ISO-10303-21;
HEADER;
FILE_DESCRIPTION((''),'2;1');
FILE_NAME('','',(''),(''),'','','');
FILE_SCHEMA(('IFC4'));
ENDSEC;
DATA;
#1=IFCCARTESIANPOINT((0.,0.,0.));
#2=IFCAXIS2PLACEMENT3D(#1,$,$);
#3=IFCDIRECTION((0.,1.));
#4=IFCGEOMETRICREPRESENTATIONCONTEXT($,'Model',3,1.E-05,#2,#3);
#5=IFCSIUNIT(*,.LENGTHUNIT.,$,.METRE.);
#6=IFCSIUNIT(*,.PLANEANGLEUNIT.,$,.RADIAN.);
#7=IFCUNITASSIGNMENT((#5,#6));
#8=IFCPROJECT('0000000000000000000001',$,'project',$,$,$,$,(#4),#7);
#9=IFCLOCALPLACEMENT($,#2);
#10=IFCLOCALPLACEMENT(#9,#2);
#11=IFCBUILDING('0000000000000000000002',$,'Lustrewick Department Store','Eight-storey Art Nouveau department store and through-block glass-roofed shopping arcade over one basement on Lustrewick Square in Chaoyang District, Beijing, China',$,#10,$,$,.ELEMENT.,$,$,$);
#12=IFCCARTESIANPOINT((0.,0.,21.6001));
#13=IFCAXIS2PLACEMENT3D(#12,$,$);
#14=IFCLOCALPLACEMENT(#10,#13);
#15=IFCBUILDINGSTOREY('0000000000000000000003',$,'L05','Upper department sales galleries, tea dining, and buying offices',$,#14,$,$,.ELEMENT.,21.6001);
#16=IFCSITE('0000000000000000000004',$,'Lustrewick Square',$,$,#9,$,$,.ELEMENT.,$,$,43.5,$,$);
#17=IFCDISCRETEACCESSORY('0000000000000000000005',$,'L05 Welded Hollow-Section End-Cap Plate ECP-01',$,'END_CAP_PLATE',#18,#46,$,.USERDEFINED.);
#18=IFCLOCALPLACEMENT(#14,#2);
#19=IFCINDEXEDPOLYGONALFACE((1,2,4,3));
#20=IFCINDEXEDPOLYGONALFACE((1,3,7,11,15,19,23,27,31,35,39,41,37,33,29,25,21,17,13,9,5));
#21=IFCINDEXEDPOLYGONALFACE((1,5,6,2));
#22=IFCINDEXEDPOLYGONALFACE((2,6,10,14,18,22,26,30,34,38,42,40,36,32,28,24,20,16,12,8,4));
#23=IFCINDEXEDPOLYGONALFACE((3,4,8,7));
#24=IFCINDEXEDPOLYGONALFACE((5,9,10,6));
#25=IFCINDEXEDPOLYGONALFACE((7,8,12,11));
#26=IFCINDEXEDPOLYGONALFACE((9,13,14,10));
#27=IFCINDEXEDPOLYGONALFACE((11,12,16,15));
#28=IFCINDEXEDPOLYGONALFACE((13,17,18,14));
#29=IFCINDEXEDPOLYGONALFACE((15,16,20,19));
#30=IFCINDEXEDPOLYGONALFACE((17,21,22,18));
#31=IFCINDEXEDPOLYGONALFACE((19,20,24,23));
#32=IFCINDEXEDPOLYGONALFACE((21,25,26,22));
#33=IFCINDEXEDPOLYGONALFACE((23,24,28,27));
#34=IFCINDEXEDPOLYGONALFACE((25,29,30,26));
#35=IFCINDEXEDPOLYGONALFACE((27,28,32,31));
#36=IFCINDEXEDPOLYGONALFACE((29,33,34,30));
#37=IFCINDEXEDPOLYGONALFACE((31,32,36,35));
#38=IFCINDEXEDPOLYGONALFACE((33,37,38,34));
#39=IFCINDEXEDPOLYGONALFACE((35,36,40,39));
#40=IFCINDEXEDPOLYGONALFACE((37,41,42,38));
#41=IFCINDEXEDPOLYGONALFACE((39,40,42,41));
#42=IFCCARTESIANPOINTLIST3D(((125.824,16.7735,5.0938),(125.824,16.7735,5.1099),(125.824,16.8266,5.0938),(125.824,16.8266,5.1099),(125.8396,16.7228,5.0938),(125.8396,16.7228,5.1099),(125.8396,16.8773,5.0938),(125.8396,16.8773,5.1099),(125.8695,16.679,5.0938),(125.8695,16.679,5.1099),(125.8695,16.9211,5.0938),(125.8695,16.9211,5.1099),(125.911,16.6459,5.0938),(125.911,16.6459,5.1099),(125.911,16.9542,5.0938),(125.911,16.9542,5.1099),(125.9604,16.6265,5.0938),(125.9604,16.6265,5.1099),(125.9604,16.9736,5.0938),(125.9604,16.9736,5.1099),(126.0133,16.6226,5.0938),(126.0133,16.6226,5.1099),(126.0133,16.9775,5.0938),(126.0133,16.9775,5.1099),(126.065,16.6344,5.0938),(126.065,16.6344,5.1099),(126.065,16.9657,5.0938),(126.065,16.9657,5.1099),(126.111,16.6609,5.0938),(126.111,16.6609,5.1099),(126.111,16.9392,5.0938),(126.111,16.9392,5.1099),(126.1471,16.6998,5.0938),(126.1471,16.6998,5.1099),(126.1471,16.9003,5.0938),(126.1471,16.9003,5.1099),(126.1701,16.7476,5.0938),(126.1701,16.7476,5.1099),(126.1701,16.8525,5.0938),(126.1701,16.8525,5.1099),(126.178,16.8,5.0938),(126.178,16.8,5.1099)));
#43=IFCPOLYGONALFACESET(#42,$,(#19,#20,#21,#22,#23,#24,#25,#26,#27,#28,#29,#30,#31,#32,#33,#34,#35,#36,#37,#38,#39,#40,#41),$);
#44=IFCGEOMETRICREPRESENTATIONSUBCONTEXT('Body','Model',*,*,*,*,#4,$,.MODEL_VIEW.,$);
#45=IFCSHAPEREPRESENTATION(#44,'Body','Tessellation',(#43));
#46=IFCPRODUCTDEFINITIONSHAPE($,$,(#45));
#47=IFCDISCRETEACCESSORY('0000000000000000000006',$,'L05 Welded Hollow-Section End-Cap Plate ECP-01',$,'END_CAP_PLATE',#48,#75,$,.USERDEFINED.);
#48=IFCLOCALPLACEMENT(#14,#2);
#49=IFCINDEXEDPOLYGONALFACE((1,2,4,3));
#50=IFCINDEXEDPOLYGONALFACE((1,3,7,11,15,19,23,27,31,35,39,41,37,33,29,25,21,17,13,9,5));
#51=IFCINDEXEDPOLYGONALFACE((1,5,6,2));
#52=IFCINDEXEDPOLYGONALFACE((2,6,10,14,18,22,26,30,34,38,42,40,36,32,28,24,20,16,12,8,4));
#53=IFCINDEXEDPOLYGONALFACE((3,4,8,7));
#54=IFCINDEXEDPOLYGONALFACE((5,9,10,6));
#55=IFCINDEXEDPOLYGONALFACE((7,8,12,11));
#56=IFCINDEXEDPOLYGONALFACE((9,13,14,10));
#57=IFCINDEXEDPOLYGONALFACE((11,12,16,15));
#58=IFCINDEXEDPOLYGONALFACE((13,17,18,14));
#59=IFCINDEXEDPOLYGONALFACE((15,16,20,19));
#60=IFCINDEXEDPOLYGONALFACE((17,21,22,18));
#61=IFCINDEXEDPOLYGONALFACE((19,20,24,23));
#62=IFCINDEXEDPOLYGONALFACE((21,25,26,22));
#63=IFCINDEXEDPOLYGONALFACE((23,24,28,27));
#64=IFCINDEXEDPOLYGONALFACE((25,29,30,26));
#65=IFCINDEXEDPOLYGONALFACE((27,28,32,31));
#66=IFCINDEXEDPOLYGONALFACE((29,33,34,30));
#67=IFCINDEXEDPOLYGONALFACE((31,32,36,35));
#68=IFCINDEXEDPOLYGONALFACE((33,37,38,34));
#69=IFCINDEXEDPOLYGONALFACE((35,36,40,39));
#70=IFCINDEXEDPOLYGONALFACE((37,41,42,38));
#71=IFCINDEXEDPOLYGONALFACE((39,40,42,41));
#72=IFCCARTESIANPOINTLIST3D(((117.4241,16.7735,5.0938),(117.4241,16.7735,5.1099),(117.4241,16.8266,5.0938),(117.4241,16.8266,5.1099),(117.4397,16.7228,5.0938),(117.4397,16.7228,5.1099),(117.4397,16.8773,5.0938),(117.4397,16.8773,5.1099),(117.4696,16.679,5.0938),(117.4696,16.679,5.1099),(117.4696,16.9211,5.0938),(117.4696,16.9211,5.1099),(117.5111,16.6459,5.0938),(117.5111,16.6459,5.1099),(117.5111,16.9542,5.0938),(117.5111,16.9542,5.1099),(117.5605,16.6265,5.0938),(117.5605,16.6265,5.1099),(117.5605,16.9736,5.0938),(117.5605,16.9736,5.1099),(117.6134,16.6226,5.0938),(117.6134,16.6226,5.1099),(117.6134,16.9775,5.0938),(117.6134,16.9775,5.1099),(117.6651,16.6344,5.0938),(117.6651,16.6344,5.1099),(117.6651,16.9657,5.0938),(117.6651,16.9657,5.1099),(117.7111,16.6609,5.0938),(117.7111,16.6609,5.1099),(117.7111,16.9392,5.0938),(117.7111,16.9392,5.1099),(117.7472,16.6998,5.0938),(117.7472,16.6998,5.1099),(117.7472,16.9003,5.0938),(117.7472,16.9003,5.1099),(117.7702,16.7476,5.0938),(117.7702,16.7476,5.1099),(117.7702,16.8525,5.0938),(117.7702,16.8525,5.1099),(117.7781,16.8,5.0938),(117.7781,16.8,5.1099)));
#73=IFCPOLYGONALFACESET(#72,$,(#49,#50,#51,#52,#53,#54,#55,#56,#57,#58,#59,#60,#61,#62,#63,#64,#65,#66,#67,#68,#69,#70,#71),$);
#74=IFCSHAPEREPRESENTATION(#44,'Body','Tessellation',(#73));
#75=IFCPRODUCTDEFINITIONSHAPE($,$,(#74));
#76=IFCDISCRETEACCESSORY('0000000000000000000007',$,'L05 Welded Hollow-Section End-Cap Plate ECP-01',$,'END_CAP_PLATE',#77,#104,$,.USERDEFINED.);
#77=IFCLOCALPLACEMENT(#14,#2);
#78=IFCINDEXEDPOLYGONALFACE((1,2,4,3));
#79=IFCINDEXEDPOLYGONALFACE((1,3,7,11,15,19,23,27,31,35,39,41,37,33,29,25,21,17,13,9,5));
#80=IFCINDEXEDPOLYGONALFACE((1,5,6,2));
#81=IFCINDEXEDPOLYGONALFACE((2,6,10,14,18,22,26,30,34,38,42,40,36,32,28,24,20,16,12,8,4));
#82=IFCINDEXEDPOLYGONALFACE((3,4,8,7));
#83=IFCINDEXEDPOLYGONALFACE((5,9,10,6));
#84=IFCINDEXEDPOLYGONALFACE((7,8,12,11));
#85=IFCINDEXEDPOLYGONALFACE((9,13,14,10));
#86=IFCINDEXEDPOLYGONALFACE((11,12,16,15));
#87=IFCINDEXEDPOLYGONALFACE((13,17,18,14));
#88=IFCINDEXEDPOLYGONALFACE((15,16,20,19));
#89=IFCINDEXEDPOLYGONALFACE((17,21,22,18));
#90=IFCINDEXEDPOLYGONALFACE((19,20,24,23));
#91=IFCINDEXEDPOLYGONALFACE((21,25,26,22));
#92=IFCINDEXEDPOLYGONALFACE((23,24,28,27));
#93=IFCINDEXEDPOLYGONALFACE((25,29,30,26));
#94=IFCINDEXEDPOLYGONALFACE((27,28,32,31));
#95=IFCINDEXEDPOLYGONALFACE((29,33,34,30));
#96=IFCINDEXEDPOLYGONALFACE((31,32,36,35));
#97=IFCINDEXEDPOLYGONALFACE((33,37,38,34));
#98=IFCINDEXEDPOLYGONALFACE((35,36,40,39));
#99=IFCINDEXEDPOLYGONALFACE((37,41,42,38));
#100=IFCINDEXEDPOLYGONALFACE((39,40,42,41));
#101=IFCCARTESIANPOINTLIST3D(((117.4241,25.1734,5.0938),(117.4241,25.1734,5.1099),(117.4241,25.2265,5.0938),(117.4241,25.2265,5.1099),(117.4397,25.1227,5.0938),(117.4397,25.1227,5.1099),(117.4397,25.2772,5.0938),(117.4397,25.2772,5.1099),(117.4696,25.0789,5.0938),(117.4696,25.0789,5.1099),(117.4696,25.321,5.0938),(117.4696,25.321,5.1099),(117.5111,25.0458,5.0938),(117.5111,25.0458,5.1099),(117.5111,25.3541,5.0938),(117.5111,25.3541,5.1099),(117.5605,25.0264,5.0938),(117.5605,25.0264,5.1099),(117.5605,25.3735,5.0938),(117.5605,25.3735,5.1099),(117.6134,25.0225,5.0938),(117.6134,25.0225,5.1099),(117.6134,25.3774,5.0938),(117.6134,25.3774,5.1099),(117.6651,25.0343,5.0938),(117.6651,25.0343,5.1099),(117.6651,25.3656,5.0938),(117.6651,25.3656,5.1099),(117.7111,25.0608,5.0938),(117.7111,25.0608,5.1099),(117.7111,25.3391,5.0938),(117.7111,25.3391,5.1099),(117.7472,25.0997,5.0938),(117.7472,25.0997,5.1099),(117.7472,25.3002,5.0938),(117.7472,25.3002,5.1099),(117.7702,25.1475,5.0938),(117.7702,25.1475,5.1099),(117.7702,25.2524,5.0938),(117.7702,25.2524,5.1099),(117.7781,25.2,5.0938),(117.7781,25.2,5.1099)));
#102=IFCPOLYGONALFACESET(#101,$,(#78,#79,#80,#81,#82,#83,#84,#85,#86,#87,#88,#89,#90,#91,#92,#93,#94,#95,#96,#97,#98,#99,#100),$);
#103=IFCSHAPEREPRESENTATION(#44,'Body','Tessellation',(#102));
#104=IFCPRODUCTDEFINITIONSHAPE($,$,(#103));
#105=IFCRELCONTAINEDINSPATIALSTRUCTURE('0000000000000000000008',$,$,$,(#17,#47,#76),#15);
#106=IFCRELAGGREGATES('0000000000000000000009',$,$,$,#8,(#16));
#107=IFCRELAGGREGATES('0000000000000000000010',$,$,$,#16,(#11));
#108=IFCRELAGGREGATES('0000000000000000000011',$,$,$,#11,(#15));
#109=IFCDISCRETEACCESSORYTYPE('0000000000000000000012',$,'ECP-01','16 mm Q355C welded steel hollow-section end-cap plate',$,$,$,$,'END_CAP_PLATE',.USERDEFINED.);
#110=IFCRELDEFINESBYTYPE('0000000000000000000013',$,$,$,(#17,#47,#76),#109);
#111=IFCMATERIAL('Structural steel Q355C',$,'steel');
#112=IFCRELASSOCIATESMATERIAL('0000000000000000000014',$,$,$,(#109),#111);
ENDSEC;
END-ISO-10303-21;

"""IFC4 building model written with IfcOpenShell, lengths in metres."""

from ifc_helpers import new_model, si_unit, direction, frame, origin, origin_2d, place, context, subcontext, project, spatial, circle, extrude, material, type_object, element, save


model = new_model("IFC4")

# Units and contexts
model_context = context("Model", 3, precision=1e-05, world=origin(), true_north=direction((0.0, 1.0)))
body_context = subcontext(model_context, "Body", "Model", "MODEL_VIEW")
ifc_project = project(units=[si_unit("LENGTHUNIT", "METRE"), si_unit("PLANEANGLEUNIT", "RADIAN")], contexts=[model_context])

# Site, building, storey
site_placement = place(None, origin())
site = spatial("IfcSite", under=ifc_project, at=site_placement, Name="Lustrewick Square", CompositionType="ELEMENT", RefElevation=43.5)
building_placement = place(site_placement, origin())
building = spatial("IfcBuilding", under=site, at=building_placement, Name="Lustrewick Department Store", Description="Eight-storey Art Nouveau department store and through-block glass-roofed shopping arcade over one basement on Lustrewick Square in Chaoyang District, Beijing, China", CompositionType="ELEMENT")
storey_placement = place(building_placement, frame((0.0, 0.0, 21.6001)))
storey = spatial("IfcBuildingStorey", under=building, at=storey_placement, Name="L05", Description="Upper department sales galleries, tea dining, and buying offices", CompositionType="ELEMENT", Elevation=21.6001)

# Shared definitions
ifc_material_1 = material(Name="Structural steel Q355C", Category="steel")

# Discrete accessories
discrete_accessory_type = type_object("IfcDiscreteAccessoryType", Name="ECP-01", Description="16 mm Q355C welded steel hollow-section end-cap plate", ElementType="END_CAP_PLATE", PredefinedType="USERDEFINED", material=ifc_material_1)
for number, where, z_axis, x_axis, name in (
    (1, (126.0, 16.8, 5.0938), (0.0, 0.0, 1.0), (1.0, 0.0, 0.0), "L05 Welded Hollow-Section End-Cap Plate ECP-01"),
    (2, (117.6001, 16.8, 5.0938), (0.0, 0.0, 1.0), (1.0, 0.0, 0.0), "L05 Welded Hollow-Section End-Cap Plate ECP-01"),
    (3, (117.6001, 25.2, 5.0938), (0.0, 0.0, 1.0), (1.0, 0.0, 0.0), "L05 Welded Hollow-Section End-Cap Plate ECP-01"),
):
    element("IfcDiscreteAccessory", number, at=place(storey_placement, frame(where, z_axis=z_axis, x_axis=x_axis)), inside=storey, type_object=discrete_accessory_type, Name=name, ObjectType="END_CAP_PLATE", PredefinedType="USERDEFINED", context=body_context, shape_type="SweptSolid", body=[
        extrude(circle(Radius=0.178, at=origin_2d()), origin(), (0.0, 0.0, 1.0), 0.0161),
    ])

save(model, "model.ifc")
